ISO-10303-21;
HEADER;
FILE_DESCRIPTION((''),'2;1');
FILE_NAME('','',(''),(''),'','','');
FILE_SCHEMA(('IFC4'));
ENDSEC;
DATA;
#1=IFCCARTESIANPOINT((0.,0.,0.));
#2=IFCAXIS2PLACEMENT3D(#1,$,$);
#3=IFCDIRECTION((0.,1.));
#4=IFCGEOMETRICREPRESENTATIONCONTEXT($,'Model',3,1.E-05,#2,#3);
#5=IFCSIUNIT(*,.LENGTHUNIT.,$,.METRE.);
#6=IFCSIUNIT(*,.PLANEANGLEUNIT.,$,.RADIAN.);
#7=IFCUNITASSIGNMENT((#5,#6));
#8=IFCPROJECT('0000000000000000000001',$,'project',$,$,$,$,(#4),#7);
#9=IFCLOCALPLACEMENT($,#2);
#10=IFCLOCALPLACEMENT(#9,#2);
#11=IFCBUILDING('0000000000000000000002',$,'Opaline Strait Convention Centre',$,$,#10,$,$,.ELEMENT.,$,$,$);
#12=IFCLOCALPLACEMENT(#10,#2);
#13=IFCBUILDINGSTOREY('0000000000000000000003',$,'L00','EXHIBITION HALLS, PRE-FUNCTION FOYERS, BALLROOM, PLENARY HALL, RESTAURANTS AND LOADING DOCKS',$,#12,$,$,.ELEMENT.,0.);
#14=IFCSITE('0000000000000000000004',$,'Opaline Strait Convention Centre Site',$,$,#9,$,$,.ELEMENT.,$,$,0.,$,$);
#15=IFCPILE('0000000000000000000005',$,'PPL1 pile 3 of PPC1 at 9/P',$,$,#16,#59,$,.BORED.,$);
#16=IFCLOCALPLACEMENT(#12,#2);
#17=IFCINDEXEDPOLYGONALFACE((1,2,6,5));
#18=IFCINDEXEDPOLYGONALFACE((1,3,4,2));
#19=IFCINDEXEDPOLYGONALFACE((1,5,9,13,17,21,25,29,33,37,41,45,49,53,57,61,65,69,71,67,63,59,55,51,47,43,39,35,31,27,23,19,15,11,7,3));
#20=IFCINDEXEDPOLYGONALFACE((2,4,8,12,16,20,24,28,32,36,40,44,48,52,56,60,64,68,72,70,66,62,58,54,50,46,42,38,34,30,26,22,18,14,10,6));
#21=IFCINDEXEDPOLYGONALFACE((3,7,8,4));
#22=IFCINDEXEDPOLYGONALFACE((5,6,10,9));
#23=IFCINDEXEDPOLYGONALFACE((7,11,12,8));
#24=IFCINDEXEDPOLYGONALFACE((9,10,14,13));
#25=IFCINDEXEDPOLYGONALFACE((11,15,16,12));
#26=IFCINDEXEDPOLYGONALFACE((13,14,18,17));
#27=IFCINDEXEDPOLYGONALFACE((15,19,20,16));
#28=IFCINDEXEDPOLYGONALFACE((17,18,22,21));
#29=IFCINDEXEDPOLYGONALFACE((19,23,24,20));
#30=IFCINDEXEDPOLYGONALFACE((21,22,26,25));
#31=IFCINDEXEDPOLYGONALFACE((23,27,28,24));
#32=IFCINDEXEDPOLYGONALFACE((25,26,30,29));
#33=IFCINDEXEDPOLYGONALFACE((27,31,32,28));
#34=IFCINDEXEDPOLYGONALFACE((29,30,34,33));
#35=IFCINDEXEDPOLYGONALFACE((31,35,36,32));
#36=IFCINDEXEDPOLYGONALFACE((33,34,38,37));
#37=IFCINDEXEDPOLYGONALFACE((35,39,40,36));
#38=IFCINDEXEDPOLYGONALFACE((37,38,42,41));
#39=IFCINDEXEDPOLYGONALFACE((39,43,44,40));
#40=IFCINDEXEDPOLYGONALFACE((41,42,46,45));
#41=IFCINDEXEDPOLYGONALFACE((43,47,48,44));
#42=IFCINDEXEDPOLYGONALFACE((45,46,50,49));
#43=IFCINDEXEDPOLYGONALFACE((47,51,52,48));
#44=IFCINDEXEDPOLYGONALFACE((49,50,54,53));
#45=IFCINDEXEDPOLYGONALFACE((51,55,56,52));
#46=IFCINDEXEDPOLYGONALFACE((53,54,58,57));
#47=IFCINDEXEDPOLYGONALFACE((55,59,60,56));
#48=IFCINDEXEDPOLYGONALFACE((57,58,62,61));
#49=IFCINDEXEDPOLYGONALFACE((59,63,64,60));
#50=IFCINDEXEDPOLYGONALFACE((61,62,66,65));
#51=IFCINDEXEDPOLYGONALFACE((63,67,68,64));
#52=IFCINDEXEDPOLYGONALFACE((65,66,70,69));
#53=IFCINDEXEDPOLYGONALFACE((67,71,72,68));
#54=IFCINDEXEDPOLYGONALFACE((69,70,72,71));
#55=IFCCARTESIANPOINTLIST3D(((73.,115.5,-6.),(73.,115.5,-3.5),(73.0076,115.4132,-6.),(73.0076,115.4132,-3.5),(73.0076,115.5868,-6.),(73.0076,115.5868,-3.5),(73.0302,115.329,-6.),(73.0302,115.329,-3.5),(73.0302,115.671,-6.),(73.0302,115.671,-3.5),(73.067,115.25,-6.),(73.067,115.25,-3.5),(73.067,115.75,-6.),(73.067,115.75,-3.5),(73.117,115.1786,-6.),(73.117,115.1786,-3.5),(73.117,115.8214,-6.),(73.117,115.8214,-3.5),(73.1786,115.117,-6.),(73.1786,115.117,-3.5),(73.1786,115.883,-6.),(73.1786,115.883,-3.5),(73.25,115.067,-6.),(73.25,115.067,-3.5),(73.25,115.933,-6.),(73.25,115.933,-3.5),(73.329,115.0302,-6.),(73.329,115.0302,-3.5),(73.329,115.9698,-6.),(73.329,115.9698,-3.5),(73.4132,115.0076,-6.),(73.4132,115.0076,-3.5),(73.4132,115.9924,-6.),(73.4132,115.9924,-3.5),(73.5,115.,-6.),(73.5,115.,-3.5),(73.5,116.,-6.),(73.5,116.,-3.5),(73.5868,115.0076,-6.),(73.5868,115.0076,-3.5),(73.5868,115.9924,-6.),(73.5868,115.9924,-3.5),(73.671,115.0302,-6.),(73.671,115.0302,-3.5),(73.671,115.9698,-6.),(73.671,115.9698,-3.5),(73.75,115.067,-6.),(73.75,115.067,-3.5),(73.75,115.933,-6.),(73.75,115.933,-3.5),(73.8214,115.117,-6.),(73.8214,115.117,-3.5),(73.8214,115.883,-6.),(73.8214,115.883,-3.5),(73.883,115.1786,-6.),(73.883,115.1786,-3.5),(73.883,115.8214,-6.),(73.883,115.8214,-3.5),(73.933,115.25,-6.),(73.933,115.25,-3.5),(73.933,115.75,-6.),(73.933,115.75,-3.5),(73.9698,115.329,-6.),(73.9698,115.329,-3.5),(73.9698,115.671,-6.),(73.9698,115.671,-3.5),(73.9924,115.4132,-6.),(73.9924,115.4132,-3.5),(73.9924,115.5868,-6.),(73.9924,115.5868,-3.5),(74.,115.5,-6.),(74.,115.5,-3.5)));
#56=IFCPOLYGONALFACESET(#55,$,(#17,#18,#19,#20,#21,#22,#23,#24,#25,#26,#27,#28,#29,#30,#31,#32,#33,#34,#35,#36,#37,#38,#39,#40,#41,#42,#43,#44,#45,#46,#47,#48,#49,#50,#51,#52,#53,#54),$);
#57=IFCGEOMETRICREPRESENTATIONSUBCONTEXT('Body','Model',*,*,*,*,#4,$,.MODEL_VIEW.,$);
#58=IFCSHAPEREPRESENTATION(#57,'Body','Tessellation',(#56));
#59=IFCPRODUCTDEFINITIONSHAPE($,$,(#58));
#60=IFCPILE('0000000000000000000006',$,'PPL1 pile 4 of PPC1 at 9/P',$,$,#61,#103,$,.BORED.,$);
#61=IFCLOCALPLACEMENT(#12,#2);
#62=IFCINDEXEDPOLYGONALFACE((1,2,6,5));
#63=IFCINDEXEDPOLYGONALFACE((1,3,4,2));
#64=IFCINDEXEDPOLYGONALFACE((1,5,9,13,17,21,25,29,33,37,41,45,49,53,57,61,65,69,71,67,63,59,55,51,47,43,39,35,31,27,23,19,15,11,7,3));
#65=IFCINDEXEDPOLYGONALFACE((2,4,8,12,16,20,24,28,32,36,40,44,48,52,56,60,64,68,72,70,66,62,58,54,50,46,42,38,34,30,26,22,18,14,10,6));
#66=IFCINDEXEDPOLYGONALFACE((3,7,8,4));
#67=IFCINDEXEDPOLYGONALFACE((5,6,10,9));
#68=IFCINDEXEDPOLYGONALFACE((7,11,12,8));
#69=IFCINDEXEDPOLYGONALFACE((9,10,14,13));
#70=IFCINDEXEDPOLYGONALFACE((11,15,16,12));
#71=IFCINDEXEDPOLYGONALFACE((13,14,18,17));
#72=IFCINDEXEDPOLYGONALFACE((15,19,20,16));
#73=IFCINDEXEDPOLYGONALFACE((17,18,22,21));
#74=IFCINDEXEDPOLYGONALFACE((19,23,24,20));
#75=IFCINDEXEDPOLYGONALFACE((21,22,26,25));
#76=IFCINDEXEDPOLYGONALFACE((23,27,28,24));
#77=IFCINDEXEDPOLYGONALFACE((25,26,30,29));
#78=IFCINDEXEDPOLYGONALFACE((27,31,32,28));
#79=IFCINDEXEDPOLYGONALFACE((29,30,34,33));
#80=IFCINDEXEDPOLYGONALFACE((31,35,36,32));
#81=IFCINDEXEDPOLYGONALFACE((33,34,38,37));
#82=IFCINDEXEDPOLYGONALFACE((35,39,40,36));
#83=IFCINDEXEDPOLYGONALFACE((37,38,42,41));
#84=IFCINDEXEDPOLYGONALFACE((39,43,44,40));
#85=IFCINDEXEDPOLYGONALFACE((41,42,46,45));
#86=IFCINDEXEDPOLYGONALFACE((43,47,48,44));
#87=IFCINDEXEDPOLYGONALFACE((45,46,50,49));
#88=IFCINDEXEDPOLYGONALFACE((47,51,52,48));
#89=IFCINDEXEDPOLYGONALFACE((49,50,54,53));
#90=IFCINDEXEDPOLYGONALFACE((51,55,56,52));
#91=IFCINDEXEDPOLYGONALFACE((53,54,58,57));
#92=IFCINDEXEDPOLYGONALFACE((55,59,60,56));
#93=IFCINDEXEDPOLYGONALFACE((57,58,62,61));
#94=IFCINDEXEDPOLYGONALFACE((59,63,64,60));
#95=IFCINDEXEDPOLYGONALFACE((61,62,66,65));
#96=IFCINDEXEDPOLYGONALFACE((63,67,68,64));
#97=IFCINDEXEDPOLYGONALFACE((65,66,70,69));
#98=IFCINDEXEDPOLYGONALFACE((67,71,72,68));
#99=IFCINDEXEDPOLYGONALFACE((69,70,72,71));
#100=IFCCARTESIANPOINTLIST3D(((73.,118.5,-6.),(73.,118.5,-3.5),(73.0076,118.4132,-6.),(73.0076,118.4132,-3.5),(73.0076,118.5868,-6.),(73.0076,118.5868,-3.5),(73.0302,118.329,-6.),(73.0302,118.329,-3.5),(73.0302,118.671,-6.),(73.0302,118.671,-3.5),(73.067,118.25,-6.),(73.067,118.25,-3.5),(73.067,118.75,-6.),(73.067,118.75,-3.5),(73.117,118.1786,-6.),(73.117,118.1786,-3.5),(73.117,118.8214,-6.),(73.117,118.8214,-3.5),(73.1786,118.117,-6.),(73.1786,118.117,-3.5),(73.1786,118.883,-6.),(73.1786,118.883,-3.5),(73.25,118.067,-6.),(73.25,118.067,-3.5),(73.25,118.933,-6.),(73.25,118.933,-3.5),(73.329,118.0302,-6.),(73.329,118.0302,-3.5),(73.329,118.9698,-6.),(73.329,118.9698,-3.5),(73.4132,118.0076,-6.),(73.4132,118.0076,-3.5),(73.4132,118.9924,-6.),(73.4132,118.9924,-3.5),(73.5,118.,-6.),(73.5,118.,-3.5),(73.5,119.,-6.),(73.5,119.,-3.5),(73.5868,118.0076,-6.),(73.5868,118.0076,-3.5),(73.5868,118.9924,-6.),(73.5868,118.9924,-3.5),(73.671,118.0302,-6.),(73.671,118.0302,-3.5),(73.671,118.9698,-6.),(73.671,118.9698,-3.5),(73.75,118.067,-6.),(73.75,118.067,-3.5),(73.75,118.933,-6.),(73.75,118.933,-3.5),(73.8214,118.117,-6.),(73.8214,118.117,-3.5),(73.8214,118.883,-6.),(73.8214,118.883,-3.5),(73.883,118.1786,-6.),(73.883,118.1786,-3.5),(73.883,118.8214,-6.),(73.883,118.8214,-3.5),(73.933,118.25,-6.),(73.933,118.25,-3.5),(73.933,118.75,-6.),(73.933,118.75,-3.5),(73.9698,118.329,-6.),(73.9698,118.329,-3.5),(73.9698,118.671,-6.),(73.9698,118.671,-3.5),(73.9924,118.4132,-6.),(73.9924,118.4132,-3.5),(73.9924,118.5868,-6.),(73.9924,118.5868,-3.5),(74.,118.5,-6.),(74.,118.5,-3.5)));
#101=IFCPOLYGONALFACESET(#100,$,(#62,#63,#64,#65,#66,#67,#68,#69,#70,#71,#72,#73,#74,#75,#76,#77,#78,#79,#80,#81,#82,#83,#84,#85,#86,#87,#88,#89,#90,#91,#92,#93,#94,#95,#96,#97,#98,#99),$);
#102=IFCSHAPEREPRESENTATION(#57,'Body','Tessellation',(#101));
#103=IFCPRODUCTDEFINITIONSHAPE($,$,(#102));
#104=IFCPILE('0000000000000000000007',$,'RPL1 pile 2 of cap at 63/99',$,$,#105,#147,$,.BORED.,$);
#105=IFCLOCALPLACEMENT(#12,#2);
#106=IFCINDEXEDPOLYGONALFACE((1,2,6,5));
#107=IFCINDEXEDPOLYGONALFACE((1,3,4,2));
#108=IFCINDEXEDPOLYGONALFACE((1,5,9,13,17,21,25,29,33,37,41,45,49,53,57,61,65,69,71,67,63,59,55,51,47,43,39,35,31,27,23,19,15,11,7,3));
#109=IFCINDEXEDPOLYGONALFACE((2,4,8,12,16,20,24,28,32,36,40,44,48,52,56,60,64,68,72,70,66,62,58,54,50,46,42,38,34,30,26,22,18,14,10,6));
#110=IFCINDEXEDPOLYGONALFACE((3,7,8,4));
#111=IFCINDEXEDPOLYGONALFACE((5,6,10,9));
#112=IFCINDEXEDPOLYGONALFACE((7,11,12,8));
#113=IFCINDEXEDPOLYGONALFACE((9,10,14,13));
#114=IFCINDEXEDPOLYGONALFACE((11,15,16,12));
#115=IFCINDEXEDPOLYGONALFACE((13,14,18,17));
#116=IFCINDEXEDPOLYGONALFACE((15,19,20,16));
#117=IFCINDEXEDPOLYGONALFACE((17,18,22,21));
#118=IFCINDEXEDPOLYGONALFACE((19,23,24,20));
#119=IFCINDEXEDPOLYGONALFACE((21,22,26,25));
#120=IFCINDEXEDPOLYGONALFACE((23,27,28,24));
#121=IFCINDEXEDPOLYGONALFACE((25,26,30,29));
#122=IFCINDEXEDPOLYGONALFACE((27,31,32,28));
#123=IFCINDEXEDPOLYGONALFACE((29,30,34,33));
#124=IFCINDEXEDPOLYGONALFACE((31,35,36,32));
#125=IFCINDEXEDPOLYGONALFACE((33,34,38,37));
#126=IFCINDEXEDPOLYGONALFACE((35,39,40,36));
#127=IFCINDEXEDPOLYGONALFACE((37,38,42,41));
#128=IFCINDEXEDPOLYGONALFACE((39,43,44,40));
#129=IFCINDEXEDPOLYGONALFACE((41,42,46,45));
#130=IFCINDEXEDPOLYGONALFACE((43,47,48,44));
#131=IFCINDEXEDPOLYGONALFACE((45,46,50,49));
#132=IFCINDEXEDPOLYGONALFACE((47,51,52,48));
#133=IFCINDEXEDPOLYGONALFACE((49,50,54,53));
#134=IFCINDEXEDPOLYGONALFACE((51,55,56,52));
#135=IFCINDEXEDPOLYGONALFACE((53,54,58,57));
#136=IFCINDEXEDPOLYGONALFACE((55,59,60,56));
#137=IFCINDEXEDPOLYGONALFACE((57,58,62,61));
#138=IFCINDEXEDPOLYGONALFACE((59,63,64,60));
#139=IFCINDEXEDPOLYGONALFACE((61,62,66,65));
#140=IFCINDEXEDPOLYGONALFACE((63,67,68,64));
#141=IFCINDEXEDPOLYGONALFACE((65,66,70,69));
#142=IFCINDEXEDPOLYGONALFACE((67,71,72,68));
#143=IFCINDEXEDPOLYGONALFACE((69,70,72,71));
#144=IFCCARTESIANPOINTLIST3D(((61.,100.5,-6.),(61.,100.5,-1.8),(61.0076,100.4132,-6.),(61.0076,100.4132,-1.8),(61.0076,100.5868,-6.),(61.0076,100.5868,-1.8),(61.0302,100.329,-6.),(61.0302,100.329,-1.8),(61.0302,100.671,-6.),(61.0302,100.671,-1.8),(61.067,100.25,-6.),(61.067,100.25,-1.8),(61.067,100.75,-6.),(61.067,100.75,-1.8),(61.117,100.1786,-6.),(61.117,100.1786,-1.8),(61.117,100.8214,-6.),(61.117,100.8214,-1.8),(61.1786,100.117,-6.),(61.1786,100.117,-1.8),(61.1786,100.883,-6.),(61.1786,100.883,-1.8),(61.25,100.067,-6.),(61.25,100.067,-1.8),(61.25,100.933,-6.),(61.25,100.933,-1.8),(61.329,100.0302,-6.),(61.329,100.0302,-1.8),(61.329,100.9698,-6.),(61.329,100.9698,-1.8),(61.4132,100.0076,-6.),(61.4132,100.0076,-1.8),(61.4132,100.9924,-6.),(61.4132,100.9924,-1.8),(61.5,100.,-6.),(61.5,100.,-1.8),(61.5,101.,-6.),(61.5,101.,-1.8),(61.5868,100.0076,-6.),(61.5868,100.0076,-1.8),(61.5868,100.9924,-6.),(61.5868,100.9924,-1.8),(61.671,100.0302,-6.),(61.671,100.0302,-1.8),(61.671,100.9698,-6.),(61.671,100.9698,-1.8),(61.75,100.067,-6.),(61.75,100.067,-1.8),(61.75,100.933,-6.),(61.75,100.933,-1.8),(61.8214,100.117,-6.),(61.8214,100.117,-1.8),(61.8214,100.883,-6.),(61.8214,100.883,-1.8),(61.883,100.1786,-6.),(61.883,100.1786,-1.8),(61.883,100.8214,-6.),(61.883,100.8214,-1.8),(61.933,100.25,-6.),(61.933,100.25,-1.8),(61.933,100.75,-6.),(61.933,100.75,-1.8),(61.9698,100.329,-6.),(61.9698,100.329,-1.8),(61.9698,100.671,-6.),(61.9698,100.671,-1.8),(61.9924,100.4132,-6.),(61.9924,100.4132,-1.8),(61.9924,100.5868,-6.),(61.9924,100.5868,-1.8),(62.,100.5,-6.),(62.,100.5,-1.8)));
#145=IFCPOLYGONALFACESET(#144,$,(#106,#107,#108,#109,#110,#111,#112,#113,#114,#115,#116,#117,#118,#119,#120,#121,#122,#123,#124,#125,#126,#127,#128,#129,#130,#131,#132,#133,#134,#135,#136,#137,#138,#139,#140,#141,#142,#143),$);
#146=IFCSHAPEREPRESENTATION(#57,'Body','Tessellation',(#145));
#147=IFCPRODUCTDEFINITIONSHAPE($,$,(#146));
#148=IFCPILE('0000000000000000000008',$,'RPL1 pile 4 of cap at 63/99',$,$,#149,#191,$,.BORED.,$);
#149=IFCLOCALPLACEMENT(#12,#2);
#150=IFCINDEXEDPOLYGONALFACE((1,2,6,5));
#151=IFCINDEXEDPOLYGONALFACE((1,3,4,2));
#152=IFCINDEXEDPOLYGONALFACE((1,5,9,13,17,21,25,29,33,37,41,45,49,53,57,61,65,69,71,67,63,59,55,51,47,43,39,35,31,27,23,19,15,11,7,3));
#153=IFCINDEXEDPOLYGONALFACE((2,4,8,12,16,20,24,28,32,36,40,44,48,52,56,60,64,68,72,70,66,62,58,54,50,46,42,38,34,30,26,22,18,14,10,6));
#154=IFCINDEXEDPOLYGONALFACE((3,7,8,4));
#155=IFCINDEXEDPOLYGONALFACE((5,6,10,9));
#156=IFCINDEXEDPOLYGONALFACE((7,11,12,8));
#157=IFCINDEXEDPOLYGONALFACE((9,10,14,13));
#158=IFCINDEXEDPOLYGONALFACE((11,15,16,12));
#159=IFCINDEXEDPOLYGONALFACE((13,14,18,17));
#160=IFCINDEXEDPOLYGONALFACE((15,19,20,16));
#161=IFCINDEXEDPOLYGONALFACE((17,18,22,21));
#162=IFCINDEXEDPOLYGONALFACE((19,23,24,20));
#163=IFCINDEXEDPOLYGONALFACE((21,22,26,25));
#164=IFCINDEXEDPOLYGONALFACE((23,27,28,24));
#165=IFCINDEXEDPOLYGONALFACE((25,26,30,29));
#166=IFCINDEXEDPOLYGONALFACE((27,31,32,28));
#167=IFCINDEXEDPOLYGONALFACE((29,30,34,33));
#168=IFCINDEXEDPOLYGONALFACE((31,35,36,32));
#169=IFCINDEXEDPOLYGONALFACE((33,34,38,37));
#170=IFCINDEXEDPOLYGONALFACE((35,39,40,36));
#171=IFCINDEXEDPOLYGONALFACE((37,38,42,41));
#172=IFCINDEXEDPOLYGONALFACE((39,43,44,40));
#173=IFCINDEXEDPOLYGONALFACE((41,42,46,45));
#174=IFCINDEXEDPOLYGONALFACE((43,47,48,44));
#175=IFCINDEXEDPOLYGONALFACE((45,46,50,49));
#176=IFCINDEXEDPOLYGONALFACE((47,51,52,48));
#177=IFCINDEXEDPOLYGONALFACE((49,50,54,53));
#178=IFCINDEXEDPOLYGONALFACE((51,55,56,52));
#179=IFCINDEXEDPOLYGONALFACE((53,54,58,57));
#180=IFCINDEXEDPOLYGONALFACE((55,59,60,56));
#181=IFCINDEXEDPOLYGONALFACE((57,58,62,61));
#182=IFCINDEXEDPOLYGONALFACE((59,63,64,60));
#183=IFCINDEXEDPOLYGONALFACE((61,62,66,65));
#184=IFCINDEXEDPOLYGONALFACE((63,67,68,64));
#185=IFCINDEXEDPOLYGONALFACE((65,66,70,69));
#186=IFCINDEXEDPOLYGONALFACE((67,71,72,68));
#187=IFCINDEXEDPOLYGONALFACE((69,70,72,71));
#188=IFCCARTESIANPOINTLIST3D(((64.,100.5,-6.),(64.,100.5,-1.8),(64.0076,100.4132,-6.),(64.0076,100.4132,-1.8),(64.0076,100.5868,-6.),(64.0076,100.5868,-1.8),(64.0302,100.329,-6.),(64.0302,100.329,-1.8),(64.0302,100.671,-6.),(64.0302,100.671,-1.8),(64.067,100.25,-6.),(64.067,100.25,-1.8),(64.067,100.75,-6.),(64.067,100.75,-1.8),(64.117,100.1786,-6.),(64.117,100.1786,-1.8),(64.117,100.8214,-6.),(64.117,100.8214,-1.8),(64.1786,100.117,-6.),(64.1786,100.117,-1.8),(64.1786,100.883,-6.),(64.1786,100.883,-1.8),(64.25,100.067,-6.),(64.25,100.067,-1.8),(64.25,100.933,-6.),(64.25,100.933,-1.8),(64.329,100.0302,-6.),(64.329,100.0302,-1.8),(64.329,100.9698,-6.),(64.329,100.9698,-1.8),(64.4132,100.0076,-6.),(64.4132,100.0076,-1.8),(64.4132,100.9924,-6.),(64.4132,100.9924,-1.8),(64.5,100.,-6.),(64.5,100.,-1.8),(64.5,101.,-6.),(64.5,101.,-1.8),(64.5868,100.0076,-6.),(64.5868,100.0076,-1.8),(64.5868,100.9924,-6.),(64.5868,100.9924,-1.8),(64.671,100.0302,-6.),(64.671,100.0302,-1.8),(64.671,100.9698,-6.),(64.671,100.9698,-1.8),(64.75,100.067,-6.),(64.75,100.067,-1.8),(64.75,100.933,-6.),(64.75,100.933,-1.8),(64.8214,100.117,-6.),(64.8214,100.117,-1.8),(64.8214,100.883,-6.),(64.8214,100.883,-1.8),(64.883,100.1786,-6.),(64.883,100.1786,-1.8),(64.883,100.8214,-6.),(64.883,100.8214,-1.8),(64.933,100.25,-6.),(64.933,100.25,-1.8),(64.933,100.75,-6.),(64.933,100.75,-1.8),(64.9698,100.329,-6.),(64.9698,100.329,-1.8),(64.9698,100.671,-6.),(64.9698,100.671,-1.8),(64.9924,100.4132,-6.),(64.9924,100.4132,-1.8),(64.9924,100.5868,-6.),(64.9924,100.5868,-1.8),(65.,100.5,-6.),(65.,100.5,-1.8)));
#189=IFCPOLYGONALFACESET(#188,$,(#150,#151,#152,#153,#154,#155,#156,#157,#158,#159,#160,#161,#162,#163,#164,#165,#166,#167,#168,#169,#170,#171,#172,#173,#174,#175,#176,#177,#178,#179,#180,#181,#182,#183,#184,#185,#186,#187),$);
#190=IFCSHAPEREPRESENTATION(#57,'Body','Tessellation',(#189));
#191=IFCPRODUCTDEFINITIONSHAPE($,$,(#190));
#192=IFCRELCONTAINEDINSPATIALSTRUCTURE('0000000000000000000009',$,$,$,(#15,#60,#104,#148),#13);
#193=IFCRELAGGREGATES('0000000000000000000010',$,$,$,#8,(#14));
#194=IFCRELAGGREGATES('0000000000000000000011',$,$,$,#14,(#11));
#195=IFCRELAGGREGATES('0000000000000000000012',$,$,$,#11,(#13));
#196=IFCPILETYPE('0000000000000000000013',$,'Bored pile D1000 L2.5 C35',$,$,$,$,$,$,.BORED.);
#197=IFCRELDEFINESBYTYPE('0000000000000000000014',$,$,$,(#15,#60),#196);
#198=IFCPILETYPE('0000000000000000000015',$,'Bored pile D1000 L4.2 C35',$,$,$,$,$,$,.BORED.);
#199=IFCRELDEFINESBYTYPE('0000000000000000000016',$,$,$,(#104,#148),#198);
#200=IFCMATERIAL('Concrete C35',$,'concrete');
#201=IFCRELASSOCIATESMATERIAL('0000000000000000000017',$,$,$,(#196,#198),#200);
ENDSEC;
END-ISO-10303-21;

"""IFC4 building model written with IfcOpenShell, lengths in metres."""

from ifc_helpers import new_model, si_unit, direction, frame, origin, origin_2d, place, context, subcontext, project, spatial, circle, extrude, material, material_profile, profile_set, type_object, element, save


model = new_model("IFC4")

# Units and contexts
model_context = context("Model", 3, precision=1e-05, world=origin(), true_north=direction((0.0, 1.0)))
body_context = subcontext(model_context, "Body", "Model", "MODEL_VIEW")
ifc_project = project(units=[si_unit("LENGTHUNIT", "METRE"), si_unit("PLANEANGLEUNIT", "RADIAN")], contexts=[model_context])

# Site, building, storey
site_placement = place(None, origin())
site = spatial("IfcSite", under=ifc_project, at=site_placement, Name="Opaline Strait Convention Centre Site", CompositionType="ELEMENT", RefElevation=0.0)
building_placement = place(site_placement, origin())
building = spatial("IfcBuilding", under=site, at=building_placement, Name="Opaline Strait Convention Centre", CompositionType="ELEMENT")
storey_placement = place(building_placement, origin())
storey = spatial("IfcBuildingStorey", under=building, at=storey_placement, Name="L00", Description="EXHIBITION HALLS, PRE-FUNCTION FOYERS, BALLROOM, PLENARY HALL, RESTAURANTS AND LOADING DOCKS", CompositionType="ELEMENT", Elevation=0.0)

# Piles
ifc_material_1 = material(Name="Concrete C35", Category="concrete")
ifc_material_profile_1 = material_profile(ifc_material_1, circle(Radius=0.5, at=origin_2d()), Name="D1000")
ifc_profile_set_1 = profile_set([ifc_material_profile_1], Name="Concrete C35")
pile_type_1 = type_object("IfcPileType", Name="Bored pile D1000 L2.5 C35", PredefinedType="BORED", material=ifc_profile_set_1)
for number, where, z_axis, x_axis, name in (
    (1, (73.5, 115.5, -3.5), (0.0, 0.0, -1.0), (1.0, 0.0, 0.0), "PPL1 pile 3 of PPC1 at 9/P"),
    (2, (73.5, 118.5, -3.5), (0.0, 0.0, -1.0), (1.0, 0.0, 0.0), "PPL1 pile 4 of PPC1 at 9/P"),
):
    element("IfcPile", number, at=place(storey_placement, frame(where, z_axis=z_axis, x_axis=x_axis)), inside=storey, type_object=pile_type_1, Name=name, PredefinedType="BORED", context=body_context, shape_type="SweptSolid", body=[
        extrude(circle(Radius=0.5, at=origin_2d()), origin(), (0.0, 0.0, 1.0), 2.5),
    ])
ifc_material_profile_2 = material_profile(ifc_material_1, circle(Radius=0.5, at=origin_2d()), Name="D1000")
ifc_profile_set_2 = profile_set([ifc_material_profile_2], Name="Concrete C35")
pile_type_2 = type_object("IfcPileType", Name="Bored pile D1000 L4.2 C35", PredefinedType="BORED", material=ifc_profile_set_2)
for number, where, z_axis, x_axis, name in (
    (3, (61.5, 100.5, -1.8), (0.0, 0.0, -1.0), (1.0, 0.0, 0.0), "RPL1 pile 2 of cap at 63/99"),
    (4, (64.5, 100.5, -1.8), (0.0, 0.0, -1.0), (1.0, 0.0, 0.0), "RPL1 pile 4 of cap at 63/99"),
):
    element("IfcPile", number, at=place(storey_placement, frame(where, z_axis=z_axis, x_axis=x_axis)), inside=storey, type_object=pile_type_2, Name=name, PredefinedType="BORED", context=body_context, shape_type="SweptSolid", body=[
        extrude(circle(Radius=0.5, at=origin_2d()), origin(), (0.0, 0.0, 1.0), 4.2),
    ])

save(model, "model.ifc")
